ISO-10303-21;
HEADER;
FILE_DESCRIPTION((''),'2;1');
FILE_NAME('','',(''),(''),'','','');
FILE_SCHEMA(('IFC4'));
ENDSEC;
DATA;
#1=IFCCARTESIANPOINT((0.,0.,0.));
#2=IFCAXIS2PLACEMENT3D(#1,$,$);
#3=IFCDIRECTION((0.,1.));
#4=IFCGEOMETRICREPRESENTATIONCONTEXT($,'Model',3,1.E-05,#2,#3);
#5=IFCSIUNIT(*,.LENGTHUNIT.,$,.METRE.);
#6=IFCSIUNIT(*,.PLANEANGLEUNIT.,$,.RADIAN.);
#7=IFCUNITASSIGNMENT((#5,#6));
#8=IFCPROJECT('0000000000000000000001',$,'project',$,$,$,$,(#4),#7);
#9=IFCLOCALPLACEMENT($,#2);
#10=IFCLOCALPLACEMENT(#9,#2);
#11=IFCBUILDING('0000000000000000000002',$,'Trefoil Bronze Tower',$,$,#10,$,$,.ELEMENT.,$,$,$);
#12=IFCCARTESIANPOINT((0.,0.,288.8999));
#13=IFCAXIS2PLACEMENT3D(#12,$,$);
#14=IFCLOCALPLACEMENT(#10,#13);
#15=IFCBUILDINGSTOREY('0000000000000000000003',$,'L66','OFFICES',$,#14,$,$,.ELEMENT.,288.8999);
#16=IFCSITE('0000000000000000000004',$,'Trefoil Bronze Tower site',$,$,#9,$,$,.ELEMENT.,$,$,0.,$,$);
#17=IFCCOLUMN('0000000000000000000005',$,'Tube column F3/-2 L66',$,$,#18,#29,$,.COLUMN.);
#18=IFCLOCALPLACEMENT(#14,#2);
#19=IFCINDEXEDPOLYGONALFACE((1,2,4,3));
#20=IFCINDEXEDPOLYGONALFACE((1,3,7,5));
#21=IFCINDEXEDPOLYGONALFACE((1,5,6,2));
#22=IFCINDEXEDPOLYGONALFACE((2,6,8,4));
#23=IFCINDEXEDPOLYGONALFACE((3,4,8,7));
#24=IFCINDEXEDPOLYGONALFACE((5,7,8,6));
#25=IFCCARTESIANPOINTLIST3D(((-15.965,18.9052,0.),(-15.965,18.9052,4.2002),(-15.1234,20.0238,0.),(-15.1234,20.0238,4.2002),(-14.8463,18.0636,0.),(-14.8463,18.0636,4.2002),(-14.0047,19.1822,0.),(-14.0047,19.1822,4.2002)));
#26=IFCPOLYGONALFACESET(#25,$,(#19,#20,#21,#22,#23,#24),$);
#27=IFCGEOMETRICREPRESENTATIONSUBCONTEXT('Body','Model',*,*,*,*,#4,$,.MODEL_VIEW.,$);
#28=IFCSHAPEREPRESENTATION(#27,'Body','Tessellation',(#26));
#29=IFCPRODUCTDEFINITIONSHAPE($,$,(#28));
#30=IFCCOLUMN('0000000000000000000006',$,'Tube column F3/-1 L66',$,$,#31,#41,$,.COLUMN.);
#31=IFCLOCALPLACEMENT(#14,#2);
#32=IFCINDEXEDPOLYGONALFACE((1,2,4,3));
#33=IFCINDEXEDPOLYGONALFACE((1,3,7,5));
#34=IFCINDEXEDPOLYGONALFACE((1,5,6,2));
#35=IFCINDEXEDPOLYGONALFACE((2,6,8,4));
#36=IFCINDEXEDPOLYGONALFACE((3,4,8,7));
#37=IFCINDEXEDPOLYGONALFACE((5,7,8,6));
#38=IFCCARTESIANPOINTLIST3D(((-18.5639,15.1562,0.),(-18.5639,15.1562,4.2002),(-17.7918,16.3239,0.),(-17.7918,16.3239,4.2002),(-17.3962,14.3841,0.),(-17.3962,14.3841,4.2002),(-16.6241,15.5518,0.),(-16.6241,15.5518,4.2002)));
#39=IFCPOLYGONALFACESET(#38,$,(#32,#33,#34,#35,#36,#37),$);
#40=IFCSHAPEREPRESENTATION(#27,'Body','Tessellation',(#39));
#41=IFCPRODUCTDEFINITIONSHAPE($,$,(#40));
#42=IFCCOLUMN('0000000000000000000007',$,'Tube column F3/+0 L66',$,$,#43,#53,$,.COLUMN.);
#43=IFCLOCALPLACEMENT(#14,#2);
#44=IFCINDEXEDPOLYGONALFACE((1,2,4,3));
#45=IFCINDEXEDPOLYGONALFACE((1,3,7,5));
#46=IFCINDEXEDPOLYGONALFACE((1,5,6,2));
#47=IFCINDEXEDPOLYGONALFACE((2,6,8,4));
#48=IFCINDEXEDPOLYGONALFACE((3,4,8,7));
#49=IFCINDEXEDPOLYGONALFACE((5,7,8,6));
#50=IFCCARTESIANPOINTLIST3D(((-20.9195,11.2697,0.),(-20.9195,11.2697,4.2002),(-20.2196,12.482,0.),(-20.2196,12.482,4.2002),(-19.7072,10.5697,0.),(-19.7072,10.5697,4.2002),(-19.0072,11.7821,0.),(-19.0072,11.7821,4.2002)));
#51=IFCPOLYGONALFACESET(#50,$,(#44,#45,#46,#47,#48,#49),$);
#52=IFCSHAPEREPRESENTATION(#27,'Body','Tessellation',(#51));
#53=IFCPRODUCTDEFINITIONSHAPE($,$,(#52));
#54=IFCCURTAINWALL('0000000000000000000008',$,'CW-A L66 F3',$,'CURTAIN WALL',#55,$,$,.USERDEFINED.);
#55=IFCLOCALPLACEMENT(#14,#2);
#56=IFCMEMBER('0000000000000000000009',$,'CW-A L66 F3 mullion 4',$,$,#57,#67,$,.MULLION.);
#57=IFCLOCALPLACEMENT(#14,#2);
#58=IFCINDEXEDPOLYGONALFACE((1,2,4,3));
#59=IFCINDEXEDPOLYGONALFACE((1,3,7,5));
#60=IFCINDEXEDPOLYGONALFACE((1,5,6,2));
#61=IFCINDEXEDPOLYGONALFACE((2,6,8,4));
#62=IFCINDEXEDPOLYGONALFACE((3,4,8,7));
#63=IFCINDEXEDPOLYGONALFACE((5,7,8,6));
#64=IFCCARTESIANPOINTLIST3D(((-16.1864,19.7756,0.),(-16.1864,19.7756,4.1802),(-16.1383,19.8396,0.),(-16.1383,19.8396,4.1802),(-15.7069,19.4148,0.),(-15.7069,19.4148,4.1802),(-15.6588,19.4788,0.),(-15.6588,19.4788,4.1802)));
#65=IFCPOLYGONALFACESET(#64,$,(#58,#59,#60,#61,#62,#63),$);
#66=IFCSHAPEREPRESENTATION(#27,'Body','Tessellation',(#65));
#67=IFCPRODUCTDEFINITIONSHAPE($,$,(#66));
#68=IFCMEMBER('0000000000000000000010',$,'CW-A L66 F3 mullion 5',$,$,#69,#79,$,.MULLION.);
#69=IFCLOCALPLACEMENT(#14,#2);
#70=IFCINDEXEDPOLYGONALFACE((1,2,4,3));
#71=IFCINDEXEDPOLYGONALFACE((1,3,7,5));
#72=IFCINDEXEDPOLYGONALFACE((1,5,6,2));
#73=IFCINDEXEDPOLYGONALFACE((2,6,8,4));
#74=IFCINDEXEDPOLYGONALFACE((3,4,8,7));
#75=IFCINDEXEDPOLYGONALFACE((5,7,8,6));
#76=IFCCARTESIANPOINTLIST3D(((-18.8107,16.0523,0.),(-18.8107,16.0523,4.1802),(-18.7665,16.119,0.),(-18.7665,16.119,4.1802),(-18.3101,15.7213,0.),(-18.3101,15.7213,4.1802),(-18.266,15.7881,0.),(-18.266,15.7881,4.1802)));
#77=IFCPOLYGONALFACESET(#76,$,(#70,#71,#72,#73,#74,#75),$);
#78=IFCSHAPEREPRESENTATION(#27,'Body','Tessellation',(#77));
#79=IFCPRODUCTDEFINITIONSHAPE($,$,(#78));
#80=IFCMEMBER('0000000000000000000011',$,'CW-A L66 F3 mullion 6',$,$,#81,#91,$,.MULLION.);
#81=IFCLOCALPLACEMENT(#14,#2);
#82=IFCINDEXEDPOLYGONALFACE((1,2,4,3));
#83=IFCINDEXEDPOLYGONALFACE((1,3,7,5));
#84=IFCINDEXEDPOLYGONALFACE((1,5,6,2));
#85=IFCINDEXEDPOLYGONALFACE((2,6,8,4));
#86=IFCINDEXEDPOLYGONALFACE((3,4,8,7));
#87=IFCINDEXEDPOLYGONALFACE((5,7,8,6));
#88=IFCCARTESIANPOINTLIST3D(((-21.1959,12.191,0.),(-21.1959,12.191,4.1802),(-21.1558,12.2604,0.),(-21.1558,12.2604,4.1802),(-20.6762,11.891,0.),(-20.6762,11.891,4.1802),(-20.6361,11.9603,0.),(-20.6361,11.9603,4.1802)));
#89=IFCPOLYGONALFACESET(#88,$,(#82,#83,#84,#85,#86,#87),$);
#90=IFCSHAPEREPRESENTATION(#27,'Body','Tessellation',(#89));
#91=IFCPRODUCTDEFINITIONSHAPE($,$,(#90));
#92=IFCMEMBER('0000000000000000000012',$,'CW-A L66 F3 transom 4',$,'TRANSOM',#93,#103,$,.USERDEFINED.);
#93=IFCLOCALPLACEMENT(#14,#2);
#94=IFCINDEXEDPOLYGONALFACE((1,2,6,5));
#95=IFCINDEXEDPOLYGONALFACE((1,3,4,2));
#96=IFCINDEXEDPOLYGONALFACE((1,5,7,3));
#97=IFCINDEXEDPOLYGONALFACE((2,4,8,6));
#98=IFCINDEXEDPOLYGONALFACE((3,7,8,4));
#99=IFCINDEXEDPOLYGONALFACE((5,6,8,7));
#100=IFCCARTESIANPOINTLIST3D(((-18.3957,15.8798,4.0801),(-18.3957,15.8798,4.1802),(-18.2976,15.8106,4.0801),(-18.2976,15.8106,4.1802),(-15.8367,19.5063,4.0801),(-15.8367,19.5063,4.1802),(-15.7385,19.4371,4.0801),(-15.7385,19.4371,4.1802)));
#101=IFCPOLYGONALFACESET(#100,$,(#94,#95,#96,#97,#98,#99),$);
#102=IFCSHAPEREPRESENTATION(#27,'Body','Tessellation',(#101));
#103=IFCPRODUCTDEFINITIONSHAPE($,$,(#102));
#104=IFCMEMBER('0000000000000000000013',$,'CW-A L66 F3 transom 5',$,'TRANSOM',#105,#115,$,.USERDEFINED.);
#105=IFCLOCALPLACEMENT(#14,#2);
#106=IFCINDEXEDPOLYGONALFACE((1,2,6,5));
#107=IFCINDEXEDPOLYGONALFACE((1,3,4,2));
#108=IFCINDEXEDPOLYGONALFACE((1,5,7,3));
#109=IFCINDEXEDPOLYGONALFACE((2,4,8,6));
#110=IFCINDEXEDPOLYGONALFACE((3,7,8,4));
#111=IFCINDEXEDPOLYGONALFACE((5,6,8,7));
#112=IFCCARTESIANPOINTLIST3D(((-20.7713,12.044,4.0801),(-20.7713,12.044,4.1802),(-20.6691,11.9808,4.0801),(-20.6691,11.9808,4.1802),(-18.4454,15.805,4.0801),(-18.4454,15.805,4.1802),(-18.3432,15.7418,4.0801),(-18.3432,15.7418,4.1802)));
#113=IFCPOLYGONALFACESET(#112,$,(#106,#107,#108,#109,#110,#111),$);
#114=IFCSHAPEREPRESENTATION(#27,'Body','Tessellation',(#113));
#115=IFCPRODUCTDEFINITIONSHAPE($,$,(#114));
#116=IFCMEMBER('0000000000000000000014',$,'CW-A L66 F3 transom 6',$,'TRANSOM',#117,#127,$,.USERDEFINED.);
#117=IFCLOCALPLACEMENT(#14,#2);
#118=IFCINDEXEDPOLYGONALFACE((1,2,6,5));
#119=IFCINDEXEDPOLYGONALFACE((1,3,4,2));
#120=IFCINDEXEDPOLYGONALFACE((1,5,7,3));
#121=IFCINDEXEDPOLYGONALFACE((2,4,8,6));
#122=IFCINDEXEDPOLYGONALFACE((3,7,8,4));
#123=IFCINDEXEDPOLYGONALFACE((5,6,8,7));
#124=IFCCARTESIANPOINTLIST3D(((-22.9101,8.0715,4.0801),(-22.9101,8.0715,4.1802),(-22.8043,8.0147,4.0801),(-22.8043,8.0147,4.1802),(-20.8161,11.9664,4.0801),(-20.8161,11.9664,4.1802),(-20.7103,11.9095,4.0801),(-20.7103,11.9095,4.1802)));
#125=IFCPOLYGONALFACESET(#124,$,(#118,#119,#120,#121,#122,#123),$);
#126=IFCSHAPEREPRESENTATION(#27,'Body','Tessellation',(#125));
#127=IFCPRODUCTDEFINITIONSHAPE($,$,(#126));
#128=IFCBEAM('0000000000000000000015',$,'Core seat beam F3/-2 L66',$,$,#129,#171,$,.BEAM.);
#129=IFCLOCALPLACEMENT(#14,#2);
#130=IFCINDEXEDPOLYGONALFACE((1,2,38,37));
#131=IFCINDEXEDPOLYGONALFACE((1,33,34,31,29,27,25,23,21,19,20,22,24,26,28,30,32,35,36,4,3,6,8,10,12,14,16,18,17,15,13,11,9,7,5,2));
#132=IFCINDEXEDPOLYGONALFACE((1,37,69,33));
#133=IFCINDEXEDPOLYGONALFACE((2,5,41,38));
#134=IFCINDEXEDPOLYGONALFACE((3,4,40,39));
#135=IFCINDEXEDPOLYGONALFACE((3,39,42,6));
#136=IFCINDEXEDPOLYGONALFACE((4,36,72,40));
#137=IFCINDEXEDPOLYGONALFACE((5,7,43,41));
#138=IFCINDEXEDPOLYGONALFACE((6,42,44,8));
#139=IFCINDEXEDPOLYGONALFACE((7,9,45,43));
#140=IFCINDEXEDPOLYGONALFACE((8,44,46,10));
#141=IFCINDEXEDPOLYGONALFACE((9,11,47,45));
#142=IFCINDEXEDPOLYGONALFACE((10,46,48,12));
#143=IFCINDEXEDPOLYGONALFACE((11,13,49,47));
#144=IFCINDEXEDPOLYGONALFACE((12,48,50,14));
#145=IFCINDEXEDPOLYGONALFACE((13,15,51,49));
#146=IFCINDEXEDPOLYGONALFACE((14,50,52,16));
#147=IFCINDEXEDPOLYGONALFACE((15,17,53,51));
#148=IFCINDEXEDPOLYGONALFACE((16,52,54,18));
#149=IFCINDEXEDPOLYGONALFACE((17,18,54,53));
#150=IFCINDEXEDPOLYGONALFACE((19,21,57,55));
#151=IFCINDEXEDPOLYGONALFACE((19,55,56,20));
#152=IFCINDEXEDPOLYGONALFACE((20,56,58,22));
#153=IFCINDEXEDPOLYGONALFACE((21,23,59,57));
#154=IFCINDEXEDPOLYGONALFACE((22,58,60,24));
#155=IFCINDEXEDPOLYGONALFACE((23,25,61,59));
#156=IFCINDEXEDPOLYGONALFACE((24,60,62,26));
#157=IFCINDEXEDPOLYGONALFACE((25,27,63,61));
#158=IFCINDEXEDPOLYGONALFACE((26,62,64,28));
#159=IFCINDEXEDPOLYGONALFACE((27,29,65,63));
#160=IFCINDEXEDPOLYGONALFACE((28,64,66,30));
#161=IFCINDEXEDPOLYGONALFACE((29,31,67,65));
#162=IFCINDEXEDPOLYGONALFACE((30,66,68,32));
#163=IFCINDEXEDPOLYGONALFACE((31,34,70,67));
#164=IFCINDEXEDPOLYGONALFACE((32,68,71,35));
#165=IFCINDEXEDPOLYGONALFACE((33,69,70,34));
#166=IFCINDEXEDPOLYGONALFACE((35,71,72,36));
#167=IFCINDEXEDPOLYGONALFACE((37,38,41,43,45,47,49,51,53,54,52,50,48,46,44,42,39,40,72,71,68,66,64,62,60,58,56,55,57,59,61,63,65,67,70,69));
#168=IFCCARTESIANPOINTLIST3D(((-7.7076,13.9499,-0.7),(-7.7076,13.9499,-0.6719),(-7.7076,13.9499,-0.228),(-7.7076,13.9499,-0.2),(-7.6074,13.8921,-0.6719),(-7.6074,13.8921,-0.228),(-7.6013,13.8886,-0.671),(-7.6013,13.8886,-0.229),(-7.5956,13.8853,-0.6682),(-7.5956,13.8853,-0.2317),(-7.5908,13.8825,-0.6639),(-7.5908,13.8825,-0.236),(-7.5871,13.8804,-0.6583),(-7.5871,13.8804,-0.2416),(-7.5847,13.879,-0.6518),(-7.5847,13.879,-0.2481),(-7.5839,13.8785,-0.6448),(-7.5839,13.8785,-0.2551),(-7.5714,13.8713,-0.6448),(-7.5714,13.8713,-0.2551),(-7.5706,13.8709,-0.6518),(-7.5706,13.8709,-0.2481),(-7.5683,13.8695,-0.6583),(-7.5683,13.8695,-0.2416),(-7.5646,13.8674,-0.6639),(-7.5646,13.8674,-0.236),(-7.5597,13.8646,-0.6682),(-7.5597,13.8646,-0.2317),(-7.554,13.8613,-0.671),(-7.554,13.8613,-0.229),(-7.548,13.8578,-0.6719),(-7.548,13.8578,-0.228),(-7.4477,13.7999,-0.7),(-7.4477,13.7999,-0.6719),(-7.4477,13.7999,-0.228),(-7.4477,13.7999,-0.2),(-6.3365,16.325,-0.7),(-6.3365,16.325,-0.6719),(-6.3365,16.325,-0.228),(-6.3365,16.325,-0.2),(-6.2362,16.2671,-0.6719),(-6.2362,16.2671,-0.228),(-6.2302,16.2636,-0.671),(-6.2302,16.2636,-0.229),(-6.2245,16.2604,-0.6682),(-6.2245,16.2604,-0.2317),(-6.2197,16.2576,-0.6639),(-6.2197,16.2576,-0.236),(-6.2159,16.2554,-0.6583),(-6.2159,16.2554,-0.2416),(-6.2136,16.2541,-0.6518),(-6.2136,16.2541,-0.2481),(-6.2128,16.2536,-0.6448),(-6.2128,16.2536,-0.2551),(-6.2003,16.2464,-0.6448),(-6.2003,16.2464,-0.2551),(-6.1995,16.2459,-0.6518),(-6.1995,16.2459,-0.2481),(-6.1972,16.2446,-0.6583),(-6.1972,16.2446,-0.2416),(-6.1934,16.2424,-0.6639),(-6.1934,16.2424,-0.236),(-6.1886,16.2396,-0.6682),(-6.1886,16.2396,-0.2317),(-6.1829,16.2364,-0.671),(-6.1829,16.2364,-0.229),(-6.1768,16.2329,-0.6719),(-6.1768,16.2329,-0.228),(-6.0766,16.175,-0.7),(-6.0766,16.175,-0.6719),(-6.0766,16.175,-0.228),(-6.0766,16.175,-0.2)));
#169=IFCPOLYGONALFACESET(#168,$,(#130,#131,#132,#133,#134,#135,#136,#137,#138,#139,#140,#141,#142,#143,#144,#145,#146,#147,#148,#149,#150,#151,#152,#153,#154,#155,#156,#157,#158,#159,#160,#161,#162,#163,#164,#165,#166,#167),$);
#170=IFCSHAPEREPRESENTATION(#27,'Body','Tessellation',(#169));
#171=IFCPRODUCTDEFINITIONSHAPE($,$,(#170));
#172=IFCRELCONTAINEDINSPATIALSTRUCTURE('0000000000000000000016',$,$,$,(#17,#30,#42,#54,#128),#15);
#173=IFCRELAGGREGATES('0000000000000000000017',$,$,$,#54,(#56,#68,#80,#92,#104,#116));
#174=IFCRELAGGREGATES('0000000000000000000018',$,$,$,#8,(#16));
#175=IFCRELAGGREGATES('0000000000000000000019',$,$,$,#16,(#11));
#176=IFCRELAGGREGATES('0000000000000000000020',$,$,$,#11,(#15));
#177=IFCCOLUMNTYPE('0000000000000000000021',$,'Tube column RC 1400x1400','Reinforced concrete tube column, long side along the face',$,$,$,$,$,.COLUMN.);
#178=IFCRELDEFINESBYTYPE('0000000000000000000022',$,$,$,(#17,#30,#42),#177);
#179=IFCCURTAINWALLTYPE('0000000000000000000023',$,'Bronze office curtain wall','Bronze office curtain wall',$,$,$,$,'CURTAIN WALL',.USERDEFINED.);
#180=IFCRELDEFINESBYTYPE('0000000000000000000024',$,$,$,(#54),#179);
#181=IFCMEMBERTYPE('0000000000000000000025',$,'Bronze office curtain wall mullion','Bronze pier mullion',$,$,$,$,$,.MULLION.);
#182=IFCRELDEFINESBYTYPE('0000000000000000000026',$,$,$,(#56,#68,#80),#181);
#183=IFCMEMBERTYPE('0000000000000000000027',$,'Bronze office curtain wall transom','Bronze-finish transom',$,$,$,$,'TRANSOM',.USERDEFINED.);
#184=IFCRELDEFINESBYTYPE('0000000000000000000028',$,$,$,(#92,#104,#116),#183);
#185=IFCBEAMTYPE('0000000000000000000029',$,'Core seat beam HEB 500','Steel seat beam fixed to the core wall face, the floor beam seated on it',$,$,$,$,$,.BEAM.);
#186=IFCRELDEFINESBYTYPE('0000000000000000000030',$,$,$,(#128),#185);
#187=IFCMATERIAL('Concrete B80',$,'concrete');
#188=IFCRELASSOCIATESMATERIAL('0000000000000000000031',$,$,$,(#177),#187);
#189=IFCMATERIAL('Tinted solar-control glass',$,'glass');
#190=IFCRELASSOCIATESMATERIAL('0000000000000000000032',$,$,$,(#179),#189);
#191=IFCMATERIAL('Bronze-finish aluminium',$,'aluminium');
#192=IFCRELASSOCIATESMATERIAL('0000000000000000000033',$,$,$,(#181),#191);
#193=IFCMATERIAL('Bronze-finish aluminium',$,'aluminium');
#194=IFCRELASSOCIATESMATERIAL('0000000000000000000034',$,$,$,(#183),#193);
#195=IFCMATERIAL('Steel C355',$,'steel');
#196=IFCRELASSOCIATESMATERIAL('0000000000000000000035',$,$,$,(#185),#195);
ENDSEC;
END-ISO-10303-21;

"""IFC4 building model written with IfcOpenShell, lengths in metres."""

from ifc_helpers import new_model, si_unit, direction, frame, origin, origin_2d, place, context, subcontext, project, spatial, rectangle, i_section, extrude, material, material_profile, profile_set, type_object, element, aggregate, save


model = new_model("IFC4")

# Units and contexts
model_context = context("Model", 3, precision=1e-05, world=origin(), true_north=direction((0.0, 1.0)))
body_context = subcontext(model_context, "Body", "Model", "MODEL_VIEW")
ifc_project = project(units=[si_unit("LENGTHUNIT", "METRE"), si_unit("PLANEANGLEUNIT", "RADIAN")], contexts=[model_context])

# Site, building, storey
site_placement = place(None, origin())
site = spatial("IfcSite", under=ifc_project, at=site_placement, Name="Trefoil Bronze Tower site", CompositionType="ELEMENT", RefElevation=0.0)
building_placement = place(site_placement, origin())
building = spatial("IfcBuilding", under=site, at=building_placement, Name="Trefoil Bronze Tower", CompositionType="ELEMENT")
storey_placement = place(building_placement, frame((0.0, 0.0, 288.8999)))
storey = spatial("IfcBuildingStorey", under=building, at=storey_placement, Name="L66", Description="OFFICES", CompositionType="ELEMENT", Elevation=288.8999)

# Columns
ifc_material_1 = material(Name="Concrete B80", Category="concrete")
ifc_material_profile_1 = material_profile(ifc_material_1, rectangle(XDim=1.3999, YDim=1.3999, at=origin_2d()), Name="RC 1400x1400")
ifc_profile_set_1 = profile_set([ifc_material_profile_1], Name="Concrete B80")
column_type = type_object("IfcColumnType", Name="Tube column RC 1400x1400", Description="Reinforced concrete tube column, long side along the face", PredefinedType="COLUMN", material=ifc_profile_set_1)
for number, where, z_axis, x_axis, name in (
    (1, (-14.9849, 19.0437, 0.0), (0.0, 0.0, 1.0), (-0.601203, -0.799096, 0.0), "Tube column F3/-2 L66"),
    (2, (-17.594, 15.354, 0.0), (0.0, 0.0, 1.0), (-0.551524, -0.834159, 0.0), "Tube column F3/-1 L66"),
    (3, (-19.9634, 11.5259, 0.0), (0.0, 0.0, 1.0), (-0.5, -0.866025, 0.0), "Tube column F3/+0 L66"),
):
    element("IfcColumn", number, at=place(storey_placement, frame(where, z_axis=z_axis, x_axis=x_axis)), inside=storey, type_object=column_type, Name=name, PredefinedType="COLUMN", context=body_context, shape_type="SweptSolid", body=[
        extrude(rectangle(XDim=1.3999, YDim=1.3999, at=origin_2d()), origin(), (0.0, 0.0, 1.0), 4.2002),
    ])

# Curtain wall, members
ifc_material_2 = material(Name="Tinted solar-control glass", Category="glass")
curtain_wall_type = type_object("IfcCurtainWallType", Name="Bronze office curtain wall", Description="Bronze office curtain wall", ElementType="CURTAIN WALL", PredefinedType="USERDEFINED", material=ifc_material_2)
curtain_wall_placement = place(storey_placement, origin())
curtain_wall = element("IfcCurtainWall", 4, at=curtain_wall_placement, inside=storey, type_object=curtain_wall_type, Name="CW-A L66 F3", ObjectType="CURTAIN WALL", PredefinedType="USERDEFINED")
ifc_material_3 = material(Name="Bronze-finish aluminium", Category="aluminium")
ifc_material_profile_2 = material_profile(ifc_material_3, rectangle(XDim=0.6001, YDim=0.0801, at=origin_2d()), Name="CW-A mullion")
ifc_profile_set_2 = profile_set([ifc_material_profile_2], Name="Bronze-finish aluminium")
member_type_1 = type_object("IfcMemberType", Name="Bronze office curtain wall mullion", Description="Bronze pier mullion", PredefinedType="MULLION", material=ifc_profile_set_2)
member_1_placement = place(storey_placement, frame((-15.9226, 19.6272, 0.0), z_axis=(0.0, 0.0, 1.0), x_axis=(0.799096, -0.601203, 0.0)))
member_1 = element("IfcMember", 5, at=member_1_placement, type_object=member_type_1, Name="CW-A L66 F3 mullion 4", PredefinedType="MULLION", context=body_context, shape_type="SweptSolid", body=[
    extrude(rectangle(XDim=0.6001, YDim=0.0801, at=origin_2d()), origin(), (0.0, 0.0, 1.0), 4.1802),
])
member_2_placement = place(storey_placement, frame((-18.5383, 15.9202, 0.0), z_axis=(0.0, 0.0, 1.0), x_axis=(0.834159, -0.551524, 0.0)))
member_2 = element("IfcMember", 6, at=member_2_placement, type_object=member_type_1, Name="CW-A L66 F3 mullion 5", PredefinedType="MULLION", context=body_context, shape_type="SweptSolid", body=[
    extrude(rectangle(XDim=0.6001, YDim=0.0801, at=origin_2d()), origin(), (0.0, 0.0, 1.0), 4.1802),
])
member_3_placement = place(storey_placement, frame((-20.916, 12.0757, 0.0), z_axis=(0.0, 0.0, 1.0), x_axis=(0.866025, -0.5, 0.0)))
member_3 = element("IfcMember", 7, at=member_3_placement, type_object=member_type_1, Name="CW-A L66 F3 mullion 6", PredefinedType="MULLION", context=body_context, shape_type="SweptSolid", body=[
    extrude(rectangle(XDim=0.6001, YDim=0.0801, at=origin_2d()), origin(), (0.0, 0.0, 1.0), 4.1802),
])
ifc_material_4 = material(Name="Bronze-finish aluminium", Category="aluminium")
ifc_material_profile_3 = material_profile(ifc_material_4, rectangle(XDim=0.1201, YDim=0.1001, at=origin_2d()), Name="CW-A transom")
ifc_profile_set_3 = profile_set([ifc_material_profile_3], Name="Bronze-finish aluminium")
member_type_2 = type_object("IfcMemberType", Name="Bronze office curtain wall transom", Description="Bronze-finish transom", ElementType="TRANSOM", PredefinedType="USERDEFINED", material=ifc_profile_set_3)
member_4_placement = place(storey_placement, frame((-15.7876, 19.4717, 4.1301), z_axis=(-0.576567, -0.81705, 0.0), x_axis=(0.81705, -0.576567, 0.0)))
member_4 = element("IfcMember", 8, at=member_4_placement, type_object=member_type_2, Name="CW-A L66 F3 transom 4", ObjectType="TRANSOM", PredefinedType="USERDEFINED", context=body_context, shape_type="SweptSolid", body=[
    extrude(rectangle(XDim=0.1201, YDim=0.1001, at=origin_2d()), origin(), (0.0, 0.0, 1.0), 4.4385),
])
member_5_placement = place(storey_placement, frame((-18.3943, 15.7734, 4.1301), z_axis=(-0.525978, -0.850498, 0.0), x_axis=(0.850498, -0.525978, 0.0)))
member_5 = element("IfcMember", 9, at=member_5_placement, type_object=member_type_2, Name="CW-A L66 F3 transom 5", ObjectType="TRANSOM", PredefinedType="USERDEFINED", context=body_context, shape_type="SweptSolid", body=[
    extrude(rectangle(XDim=0.1201, YDim=0.1001, at=origin_2d()), origin(), (0.0, 0.0, 1.0), 4.4221),
])
member_6_placement = place(storey_placement, frame((-20.7632, 11.938, 4.1301), z_axis=(-0.47354, -0.880772, 0.0), x_axis=(0.880772, -0.47354, 0.0)))
member_6 = element("IfcMember", 10, at=member_6_placement, type_object=member_type_2, Name="CW-A L66 F3 transom 6", ObjectType="TRANSOM", PredefinedType="USERDEFINED", context=body_context, shape_type="SweptSolid", body=[
    extrude(rectangle(XDim=0.1201, YDim=0.1001, at=origin_2d()), origin(), (0.0, 0.0, 1.0), 4.4221),
])

# Beam
ifc_material_5 = material(Name="Steel C355", Category="steel")
ifc_material_profile_4 = material_profile(ifc_material_5, i_section(OverallWidth=0.3, OverallDepth=0.5, WebThickness=0.0144, FlangeThickness=0.0281, FilletRadius=0.0271, at=origin_2d()), Name="HEB 500")
ifc_profile_set_4 = profile_set([ifc_material_profile_4], Name="Steel C355")
beam_type_1 = type_object("IfcBeamType", Name="Core seat beam HEB 500", Description="Steel seat beam fixed to the core wall face, the floor beam seated on it", PredefinedType="BEAM", material=ifc_profile_set_4)
beam_1_placement = place(storey_placement, frame((-6.2065, 16.25, -0.45), z_axis=(-0.499969, -0.866043, 0.0), x_axis=(0.866043, -0.499969, 0.0)))
element("IfcBeam", 11, at=beam_1_placement, inside=storey, type_object=beam_type_1, Name="Core seat beam F3/-2 L66", PredefinedType="BEAM", context=body_context, shape_type="SweptSolid", body=[
    extrude(i_section(OverallWidth=0.3, OverallDepth=0.5, WebThickness=0.0144, FlangeThickness=0.0281, FilletRadius=0.0271, at=origin_2d()), origin(), (0.0, 0.0, 1.0), 2.7424),
])

aggregate(curtain_wall, [member_1, member_2, member_3, member_4, member_5, member_6])

save(model, "model.ifc")
